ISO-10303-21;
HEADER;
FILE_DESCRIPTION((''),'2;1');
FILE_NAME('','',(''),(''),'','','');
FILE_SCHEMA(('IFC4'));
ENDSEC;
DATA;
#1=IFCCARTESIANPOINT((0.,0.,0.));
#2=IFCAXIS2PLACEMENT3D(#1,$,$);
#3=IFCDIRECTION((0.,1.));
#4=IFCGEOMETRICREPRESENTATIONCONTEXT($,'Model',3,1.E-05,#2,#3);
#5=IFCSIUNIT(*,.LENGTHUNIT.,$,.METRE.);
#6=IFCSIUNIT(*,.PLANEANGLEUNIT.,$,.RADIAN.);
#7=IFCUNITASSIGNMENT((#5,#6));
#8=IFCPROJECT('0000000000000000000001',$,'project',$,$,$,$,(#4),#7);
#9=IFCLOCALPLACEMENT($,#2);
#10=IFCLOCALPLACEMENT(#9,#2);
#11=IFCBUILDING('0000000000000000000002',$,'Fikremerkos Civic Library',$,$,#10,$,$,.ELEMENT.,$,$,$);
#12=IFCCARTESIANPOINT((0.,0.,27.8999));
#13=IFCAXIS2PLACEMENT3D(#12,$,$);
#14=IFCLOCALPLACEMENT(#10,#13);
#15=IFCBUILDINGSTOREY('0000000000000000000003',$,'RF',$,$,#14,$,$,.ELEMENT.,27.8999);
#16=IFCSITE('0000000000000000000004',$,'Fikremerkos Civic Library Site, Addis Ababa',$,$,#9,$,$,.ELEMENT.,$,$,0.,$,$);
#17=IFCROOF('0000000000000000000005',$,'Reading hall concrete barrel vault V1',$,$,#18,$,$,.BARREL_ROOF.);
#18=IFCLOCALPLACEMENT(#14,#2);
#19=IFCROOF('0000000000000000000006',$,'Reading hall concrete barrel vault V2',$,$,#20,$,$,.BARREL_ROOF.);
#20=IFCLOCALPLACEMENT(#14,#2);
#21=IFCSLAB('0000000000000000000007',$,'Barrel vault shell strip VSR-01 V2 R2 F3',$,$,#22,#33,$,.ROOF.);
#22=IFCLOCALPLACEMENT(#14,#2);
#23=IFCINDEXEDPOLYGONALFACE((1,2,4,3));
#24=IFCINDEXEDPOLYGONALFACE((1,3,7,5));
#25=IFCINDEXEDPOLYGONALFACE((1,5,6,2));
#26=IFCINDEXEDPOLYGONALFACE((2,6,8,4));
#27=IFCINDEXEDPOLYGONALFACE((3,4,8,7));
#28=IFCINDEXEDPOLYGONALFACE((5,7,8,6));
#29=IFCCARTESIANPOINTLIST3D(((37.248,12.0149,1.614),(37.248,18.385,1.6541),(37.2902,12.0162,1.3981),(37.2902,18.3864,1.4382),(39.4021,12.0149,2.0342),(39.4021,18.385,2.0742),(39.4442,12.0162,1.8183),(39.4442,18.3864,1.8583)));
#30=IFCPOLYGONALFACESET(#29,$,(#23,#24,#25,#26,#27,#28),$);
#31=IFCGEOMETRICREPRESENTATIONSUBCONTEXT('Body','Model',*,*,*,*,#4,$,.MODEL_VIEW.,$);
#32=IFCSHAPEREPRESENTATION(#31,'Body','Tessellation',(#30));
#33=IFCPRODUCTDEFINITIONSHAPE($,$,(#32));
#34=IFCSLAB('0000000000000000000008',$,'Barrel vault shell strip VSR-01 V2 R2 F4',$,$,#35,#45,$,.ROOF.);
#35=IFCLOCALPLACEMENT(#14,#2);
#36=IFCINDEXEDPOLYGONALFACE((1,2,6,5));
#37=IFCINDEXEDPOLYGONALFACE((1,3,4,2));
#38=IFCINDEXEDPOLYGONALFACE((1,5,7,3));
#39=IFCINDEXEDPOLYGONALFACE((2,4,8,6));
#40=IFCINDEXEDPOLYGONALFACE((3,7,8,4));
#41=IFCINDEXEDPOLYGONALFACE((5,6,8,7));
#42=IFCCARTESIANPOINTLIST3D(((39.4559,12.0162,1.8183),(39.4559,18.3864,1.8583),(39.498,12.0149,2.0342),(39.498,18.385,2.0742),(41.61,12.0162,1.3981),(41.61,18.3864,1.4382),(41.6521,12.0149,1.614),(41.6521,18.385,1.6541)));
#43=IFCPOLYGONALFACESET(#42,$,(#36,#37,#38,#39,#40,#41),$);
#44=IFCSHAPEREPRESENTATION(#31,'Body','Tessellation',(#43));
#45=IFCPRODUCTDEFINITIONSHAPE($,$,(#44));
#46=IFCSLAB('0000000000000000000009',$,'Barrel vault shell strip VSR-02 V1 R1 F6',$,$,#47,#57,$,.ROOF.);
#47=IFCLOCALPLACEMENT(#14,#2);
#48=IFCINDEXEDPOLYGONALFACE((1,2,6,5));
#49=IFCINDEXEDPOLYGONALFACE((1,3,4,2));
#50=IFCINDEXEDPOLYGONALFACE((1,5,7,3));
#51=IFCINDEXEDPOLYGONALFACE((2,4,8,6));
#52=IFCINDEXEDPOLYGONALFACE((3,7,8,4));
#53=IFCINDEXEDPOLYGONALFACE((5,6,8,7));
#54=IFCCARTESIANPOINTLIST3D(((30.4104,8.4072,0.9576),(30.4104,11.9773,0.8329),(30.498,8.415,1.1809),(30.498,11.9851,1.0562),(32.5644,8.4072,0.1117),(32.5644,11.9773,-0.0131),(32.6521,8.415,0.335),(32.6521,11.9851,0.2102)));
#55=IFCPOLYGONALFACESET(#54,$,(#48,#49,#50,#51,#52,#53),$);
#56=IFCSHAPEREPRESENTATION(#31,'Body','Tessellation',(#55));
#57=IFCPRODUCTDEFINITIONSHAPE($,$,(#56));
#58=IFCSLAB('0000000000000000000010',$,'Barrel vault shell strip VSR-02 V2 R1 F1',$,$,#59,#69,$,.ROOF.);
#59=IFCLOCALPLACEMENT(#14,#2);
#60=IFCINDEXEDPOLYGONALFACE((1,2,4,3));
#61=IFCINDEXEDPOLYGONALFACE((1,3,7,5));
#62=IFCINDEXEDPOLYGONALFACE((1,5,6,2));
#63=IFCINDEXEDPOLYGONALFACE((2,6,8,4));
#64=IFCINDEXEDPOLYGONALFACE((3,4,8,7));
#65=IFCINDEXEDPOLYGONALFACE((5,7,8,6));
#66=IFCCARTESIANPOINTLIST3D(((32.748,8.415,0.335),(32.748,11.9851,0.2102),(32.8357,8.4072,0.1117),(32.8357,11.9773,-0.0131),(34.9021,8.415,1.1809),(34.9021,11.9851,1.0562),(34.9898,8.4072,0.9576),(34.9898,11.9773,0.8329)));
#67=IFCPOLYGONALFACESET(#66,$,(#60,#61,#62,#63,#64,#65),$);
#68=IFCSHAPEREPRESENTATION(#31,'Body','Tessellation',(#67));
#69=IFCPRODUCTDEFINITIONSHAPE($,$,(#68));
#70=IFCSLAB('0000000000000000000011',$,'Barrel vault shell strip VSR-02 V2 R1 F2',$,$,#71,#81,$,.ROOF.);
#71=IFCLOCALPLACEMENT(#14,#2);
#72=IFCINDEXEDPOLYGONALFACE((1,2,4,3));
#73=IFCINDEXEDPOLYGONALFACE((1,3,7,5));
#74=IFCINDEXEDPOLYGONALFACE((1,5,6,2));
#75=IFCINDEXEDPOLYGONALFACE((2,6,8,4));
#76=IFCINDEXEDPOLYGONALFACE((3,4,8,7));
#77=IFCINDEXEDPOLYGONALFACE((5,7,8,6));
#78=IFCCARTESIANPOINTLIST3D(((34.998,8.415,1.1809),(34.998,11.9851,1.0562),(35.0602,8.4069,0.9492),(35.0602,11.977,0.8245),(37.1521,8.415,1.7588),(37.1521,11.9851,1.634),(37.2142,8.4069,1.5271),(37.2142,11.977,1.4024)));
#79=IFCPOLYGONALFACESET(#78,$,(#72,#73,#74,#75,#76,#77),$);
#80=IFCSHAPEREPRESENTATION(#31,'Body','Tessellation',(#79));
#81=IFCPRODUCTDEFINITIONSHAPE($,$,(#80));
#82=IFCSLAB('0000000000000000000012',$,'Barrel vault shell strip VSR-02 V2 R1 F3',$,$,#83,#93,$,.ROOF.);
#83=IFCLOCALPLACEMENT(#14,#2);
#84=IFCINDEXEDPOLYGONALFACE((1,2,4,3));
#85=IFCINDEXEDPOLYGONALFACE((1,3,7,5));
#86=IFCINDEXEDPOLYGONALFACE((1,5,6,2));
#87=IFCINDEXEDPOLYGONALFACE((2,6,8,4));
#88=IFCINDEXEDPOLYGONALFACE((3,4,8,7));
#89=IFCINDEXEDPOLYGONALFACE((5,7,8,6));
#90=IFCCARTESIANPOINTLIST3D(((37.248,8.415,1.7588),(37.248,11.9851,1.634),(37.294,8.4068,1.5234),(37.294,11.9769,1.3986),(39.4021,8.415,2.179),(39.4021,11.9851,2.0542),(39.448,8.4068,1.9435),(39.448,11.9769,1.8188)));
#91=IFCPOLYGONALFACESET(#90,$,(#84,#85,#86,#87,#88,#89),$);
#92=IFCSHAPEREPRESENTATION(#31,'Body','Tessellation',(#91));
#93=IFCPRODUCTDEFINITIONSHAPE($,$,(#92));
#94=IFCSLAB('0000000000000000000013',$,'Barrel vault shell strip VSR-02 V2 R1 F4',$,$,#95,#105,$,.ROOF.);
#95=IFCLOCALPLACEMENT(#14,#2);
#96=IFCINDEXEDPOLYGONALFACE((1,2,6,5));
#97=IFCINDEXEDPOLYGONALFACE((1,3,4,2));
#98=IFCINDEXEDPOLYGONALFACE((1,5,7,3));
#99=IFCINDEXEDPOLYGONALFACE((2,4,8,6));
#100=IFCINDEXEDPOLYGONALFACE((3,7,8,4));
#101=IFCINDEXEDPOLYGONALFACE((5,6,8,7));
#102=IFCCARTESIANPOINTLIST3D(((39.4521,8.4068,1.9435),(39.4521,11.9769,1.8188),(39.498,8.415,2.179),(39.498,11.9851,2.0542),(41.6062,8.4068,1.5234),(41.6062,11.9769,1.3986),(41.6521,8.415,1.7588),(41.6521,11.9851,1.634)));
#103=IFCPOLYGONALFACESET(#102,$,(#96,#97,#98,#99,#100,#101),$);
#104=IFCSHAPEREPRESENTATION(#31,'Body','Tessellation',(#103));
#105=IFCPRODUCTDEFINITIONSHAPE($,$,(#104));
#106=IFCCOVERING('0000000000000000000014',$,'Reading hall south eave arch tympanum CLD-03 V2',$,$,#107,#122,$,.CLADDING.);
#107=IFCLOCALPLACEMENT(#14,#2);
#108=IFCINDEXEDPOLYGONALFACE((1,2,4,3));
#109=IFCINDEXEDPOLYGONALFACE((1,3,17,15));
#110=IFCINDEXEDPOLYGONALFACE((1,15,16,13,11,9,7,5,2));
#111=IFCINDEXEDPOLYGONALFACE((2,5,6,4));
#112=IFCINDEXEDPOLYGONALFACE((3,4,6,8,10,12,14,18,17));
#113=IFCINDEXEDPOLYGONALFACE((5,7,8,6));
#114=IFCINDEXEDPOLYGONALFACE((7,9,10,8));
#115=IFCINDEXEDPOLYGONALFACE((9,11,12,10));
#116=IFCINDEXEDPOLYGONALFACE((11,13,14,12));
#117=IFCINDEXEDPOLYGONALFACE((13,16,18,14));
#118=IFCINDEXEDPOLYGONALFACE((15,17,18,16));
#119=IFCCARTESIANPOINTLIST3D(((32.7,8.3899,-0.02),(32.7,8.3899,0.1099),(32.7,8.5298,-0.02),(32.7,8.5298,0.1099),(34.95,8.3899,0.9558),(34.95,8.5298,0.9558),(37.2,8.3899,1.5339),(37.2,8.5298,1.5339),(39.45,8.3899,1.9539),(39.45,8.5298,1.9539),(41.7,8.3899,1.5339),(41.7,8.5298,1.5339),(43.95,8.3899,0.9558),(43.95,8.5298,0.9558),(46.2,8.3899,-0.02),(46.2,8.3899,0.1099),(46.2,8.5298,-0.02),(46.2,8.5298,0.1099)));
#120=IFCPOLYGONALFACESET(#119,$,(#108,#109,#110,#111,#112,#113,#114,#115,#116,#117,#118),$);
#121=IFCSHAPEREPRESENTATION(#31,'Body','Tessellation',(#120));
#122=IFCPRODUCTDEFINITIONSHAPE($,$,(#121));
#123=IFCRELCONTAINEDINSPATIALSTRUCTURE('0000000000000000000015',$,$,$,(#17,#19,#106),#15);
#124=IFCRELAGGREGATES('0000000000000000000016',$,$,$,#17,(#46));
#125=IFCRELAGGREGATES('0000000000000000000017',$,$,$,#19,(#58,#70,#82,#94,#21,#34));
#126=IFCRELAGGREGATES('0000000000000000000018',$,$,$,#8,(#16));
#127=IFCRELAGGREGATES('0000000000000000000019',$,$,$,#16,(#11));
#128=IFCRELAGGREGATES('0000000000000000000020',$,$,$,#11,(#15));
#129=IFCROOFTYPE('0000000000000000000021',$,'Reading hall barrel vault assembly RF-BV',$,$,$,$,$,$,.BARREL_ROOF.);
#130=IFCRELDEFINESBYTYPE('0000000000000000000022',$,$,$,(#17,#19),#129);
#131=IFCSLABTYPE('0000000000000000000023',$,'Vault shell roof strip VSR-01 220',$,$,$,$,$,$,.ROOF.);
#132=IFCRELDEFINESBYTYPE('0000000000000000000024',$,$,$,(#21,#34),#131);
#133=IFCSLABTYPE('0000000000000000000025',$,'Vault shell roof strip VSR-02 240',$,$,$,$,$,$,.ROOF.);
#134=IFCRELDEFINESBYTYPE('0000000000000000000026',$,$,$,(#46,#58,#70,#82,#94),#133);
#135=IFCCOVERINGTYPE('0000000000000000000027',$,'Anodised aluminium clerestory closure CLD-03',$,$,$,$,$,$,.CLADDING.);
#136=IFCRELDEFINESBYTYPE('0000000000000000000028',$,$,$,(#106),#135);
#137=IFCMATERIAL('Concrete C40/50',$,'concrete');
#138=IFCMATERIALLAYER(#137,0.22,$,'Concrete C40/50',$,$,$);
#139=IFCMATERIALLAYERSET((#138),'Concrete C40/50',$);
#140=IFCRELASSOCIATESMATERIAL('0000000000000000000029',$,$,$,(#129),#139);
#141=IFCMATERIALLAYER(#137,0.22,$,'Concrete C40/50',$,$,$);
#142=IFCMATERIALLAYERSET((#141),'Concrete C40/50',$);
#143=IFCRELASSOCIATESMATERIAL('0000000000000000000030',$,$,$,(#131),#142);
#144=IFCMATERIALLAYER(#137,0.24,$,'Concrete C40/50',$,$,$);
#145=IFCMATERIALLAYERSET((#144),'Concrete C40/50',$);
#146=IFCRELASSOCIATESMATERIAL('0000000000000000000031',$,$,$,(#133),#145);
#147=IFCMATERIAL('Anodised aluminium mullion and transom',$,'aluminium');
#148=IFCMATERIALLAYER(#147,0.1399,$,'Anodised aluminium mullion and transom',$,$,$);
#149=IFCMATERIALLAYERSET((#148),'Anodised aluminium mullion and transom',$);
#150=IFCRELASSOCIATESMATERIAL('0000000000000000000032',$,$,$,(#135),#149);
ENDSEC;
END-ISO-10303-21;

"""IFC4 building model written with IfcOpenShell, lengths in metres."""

from ifc_helpers import new_model, si_unit, direction, frame, origin, place, context, subcontext, project, spatial, polyline, outline, extrude, material, layer, layer_set, type_object, element, aggregate, save


model = new_model("IFC4")

# Units and contexts
model_context = context("Model", 3, precision=1e-05, world=origin(), true_north=direction((0.0, 1.0)))
body_context = subcontext(model_context, "Body", "Model", "MODEL_VIEW")
ifc_project = project(units=[si_unit("LENGTHUNIT", "METRE"), si_unit("PLANEANGLEUNIT", "RADIAN")], contexts=[model_context])

# Site, building, storey
site_placement = place(None, origin())
site = spatial("IfcSite", under=ifc_project, at=site_placement, Name="Fikremerkos Civic Library Site, Addis Ababa", CompositionType="ELEMENT", RefElevation=0.0)
building_placement = place(site_placement, origin())
building = spatial("IfcBuilding", under=site, at=building_placement, Name="Fikremerkos Civic Library", CompositionType="ELEMENT")
storey_placement = place(building_placement, frame((0.0, 0.0, 27.8999)))
storey = spatial("IfcBuildingStorey", under=building, at=storey_placement, Name="RF", CompositionType="ELEMENT", Elevation=27.8999)

# Roof
ifc_material_1 = material(Name="Concrete C40/50", Category="concrete")
ifc_layer_1 = layer(ifc_material_1, 0.22, Name="Concrete C40/50")
ifc_layer_set_1 = layer_set([ifc_layer_1], Name="Concrete C40/50")
roof_type = type_object("IfcRoofType", Name="Reading hall barrel vault assembly RF-BV", PredefinedType="BARREL_ROOF", material=ifc_layer_set_1)
roof_1_placement = place(storey_placement, origin())
roof_1 = element("IfcRoof", 1, at=roof_1_placement, inside=storey, type_object=roof_type, Name="Reading hall concrete barrel vault V1", PredefinedType="BARREL_ROOF")
ifc_layer_2 = layer(ifc_material_1, 0.22, Name="Concrete C40/50")
ifc_layer_set_2 = layer_set([ifc_layer_2], Name="Concrete C40/50")
slab_type_1 = type_object("IfcSlabType", Name="Vault shell roof strip VSR-01 220", PredefinedType="ROOF", material=ifc_layer_set_2)

# Roof, slabs
roof_2_placement = place(storey_placement, origin())
roof_2 = element("IfcRoof", 2, at=roof_2_placement, inside=storey, type_object=roof_type, Name="Reading hall concrete barrel vault V2", PredefinedType="BARREL_ROOF")
slab_1_placement = place(storey_placement, frame((37.248, 12.0149, 1.614), z_axis=(-0.191447, -0.006169, 0.981484), x_axis=(0.981502, 0.0, 0.19145)))
slab_1 = element("IfcSlab", 3, at=slab_1_placement, type_object=slab_type_1, Name="Barrel vault shell strip VSR-01 V2 R2 F3", PredefinedType="ROOF", context=body_context, shape_type="SweptSolid", body=[
    extrude(outline(polyline([(0.0, 0.0), (2.1946, 0.0), (2.2023, 6.3702), (0.0077, 6.3702), (0.0, 0.0)])), origin(), (0.0, 0.0, -1.0), 0.22),
])
slab_2_placement = place(storey_placement, frame((39.498, 12.0149, 2.0342), z_axis=(0.191447, -0.006169, 0.981484), x_axis=(0.981502, 0.0, -0.19145)))
slab_2 = element("IfcSlab", 4, at=slab_2_placement, type_object=slab_type_1, Name="Barrel vault shell strip VSR-01 V2 R2 F4", PredefinedType="ROOF", context=body_context, shape_type="SweptSolid", body=[
    extrude(outline(polyline([(0.0, 0.0), (2.1946, 0.0), (2.187, 6.3702), (-0.0077, 6.3702), (0.0, 0.0)])), origin(), (0.0, 0.0, -1.0), 0.22),
])

# Slabs
ifc_layer_3 = layer(ifc_material_1, 0.24, Name="Concrete C40/50")
ifc_layer_set_3 = layer_set([ifc_layer_3], Name="Concrete C40/50")
slab_type_2 = type_object("IfcSlabType", Name="Vault shell roof strip VSR-02 240", PredefinedType="ROOF", material=ifc_layer_set_3)
slab_3_placement = place(storey_placement, frame((30.498, 8.415, 1.1809), z_axis=(0.365351, 0.032509, 0.930302), x_axis=(0.930794, 0.0, -0.365545)))
slab_3 = element("IfcSlab", 5, at=slab_3_placement, type_object=slab_type_2, Name="Barrel vault shell strip VSR-02 V1 R1 F6", PredefinedType="ROOF", context=body_context, shape_type="SweptSolid", body=[
    extrude(outline(polyline([(0.0, 0.0), (2.3142, 0.0), (2.3598, 3.572), (0.0456, 3.572), (0.0, 0.0)])), origin(), (0.0, 0.0, -1.0), 0.24),
])
aggregate(roof_1, [slab_3])
slab_4_placement = place(storey_placement, frame((32.748, 8.415, 0.335), z_axis=(-0.365351, 0.032509, 0.930302), x_axis=(0.930794, 0.0, 0.365545)))
slab_4 = element("IfcSlab", 6, at=slab_4_placement, type_object=slab_type_2, Name="Barrel vault shell strip VSR-02 V2 R1 F1", PredefinedType="ROOF", context=body_context, shape_type="SweptSolid", body=[
    extrude(outline(polyline([(0.0, 0.0), (2.3142, 0.0), (2.2686, 3.572), (-0.0456, 3.572), (0.0, 0.0)])), origin(), (0.0, 0.0, -1.0), 0.24),
])
slab_5_placement = place(storey_placement, frame((34.998, 8.415, 1.1809), z_axis=(-0.258966, 0.033732, 0.965297), x_axis=(0.965847, 0.0, 0.259114)))
slab_5 = element("IfcSlab", 7, at=slab_5_placement, type_object=slab_type_2, Name="Barrel vault shell strip VSR-02 V2 R1 F2", PredefinedType="ROOF", context=body_context, shape_type="SweptSolid", body=[
    extrude(outline(polyline([(0.0, 0.0), (2.2302, 0.0), (2.1979, 3.5721), (-0.0323, 3.5721), (0.0, 0.0)])), origin(), (0.0, 0.0, -1.0), 0.24),
])
slab_6_placement = place(storey_placement, frame((37.248, 8.415, 1.7588), z_axis=(-0.191338, 0.034278, 0.980926), x_axis=(0.981502, 0.0, 0.19145)))
slab_6 = element("IfcSlab", 8, at=slab_6_placement, type_object=slab_type_2, Name="Barrel vault shell strip VSR-02 V2 R1 F3", PredefinedType="ROOF", context=body_context, shape_type="SweptSolid", body=[
    extrude(outline(polyline([(0.0, 0.0), (2.1946, 0.0), (2.1708, 3.5722), (-0.0239, 3.5722), (0.0, 0.0)])), origin(), (0.0, 0.0, -1.0), 0.24),
])
slab_7_placement = place(storey_placement, frame((39.498, 8.415, 2.179), z_axis=(0.191338, 0.034278, 0.980926), x_axis=(0.981502, 0.0, -0.19145)))
slab_7 = element("IfcSlab", 9, at=slab_7_placement, type_object=slab_type_2, Name="Barrel vault shell strip VSR-02 V2 R1 F4", PredefinedType="ROOF", context=body_context, shape_type="SweptSolid", body=[
    extrude(outline(polyline([(0.0, 0.0), (2.1946, 0.0), (2.2185, 3.5722), (0.0239, 3.5722), (0.0, 0.0)])), origin(), (0.0, 0.0, -1.0), 0.24),
])
aggregate(roof_2, [slab_4, slab_5, slab_6, slab_7, slab_1, slab_2])

# Covering
ifc_material_2 = material(Name="Anodised aluminium mullion and transom", Category="aluminium")
ifc_layer_4 = layer(ifc_material_2, 0.1399, Name="Anodised aluminium mullion and transom")
ifc_layer_set_4 = layer_set([ifc_layer_4], Name="Anodised aluminium mullion and transom")
covering_type = type_object("IfcCoveringType", Name="Anodised aluminium clerestory closure CLD-03", PredefinedType="CLADDING", material=ifc_layer_set_4)
covering_placement = place(storey_placement, frame((32.7, 8.46, -0.02), z_axis=(0.0, 0.0, 1.0), x_axis=(1.0, 0.0, 0.0)))
element("IfcCovering", 10, at=covering_placement, inside=storey, type_object=covering_type, Name="Reading hall south eave arch tympanum CLD-03 V2", PredefinedType="CLADDING", context=body_context, shape_type="SweptSolid", body=[
    extrude(outline(polyline([(0.0, 0.0), (13.5, 0.0), (13.5, 0.1299), (11.25, 0.9758), (9.0, 1.554), (6.75, 1.9739), (4.5, 1.554), (2.25, 0.9758), (0.0, 0.1299), (0.0, 0.0)])), frame((0.0, 0.0698, 0.0), z_axis=(0.0, -1.0, 0.0), x_axis=(1.0, 0.0, 0.0)), (0.0, 0.0, 1.0), 0.1399),
])

save(model, "model.ifc")
